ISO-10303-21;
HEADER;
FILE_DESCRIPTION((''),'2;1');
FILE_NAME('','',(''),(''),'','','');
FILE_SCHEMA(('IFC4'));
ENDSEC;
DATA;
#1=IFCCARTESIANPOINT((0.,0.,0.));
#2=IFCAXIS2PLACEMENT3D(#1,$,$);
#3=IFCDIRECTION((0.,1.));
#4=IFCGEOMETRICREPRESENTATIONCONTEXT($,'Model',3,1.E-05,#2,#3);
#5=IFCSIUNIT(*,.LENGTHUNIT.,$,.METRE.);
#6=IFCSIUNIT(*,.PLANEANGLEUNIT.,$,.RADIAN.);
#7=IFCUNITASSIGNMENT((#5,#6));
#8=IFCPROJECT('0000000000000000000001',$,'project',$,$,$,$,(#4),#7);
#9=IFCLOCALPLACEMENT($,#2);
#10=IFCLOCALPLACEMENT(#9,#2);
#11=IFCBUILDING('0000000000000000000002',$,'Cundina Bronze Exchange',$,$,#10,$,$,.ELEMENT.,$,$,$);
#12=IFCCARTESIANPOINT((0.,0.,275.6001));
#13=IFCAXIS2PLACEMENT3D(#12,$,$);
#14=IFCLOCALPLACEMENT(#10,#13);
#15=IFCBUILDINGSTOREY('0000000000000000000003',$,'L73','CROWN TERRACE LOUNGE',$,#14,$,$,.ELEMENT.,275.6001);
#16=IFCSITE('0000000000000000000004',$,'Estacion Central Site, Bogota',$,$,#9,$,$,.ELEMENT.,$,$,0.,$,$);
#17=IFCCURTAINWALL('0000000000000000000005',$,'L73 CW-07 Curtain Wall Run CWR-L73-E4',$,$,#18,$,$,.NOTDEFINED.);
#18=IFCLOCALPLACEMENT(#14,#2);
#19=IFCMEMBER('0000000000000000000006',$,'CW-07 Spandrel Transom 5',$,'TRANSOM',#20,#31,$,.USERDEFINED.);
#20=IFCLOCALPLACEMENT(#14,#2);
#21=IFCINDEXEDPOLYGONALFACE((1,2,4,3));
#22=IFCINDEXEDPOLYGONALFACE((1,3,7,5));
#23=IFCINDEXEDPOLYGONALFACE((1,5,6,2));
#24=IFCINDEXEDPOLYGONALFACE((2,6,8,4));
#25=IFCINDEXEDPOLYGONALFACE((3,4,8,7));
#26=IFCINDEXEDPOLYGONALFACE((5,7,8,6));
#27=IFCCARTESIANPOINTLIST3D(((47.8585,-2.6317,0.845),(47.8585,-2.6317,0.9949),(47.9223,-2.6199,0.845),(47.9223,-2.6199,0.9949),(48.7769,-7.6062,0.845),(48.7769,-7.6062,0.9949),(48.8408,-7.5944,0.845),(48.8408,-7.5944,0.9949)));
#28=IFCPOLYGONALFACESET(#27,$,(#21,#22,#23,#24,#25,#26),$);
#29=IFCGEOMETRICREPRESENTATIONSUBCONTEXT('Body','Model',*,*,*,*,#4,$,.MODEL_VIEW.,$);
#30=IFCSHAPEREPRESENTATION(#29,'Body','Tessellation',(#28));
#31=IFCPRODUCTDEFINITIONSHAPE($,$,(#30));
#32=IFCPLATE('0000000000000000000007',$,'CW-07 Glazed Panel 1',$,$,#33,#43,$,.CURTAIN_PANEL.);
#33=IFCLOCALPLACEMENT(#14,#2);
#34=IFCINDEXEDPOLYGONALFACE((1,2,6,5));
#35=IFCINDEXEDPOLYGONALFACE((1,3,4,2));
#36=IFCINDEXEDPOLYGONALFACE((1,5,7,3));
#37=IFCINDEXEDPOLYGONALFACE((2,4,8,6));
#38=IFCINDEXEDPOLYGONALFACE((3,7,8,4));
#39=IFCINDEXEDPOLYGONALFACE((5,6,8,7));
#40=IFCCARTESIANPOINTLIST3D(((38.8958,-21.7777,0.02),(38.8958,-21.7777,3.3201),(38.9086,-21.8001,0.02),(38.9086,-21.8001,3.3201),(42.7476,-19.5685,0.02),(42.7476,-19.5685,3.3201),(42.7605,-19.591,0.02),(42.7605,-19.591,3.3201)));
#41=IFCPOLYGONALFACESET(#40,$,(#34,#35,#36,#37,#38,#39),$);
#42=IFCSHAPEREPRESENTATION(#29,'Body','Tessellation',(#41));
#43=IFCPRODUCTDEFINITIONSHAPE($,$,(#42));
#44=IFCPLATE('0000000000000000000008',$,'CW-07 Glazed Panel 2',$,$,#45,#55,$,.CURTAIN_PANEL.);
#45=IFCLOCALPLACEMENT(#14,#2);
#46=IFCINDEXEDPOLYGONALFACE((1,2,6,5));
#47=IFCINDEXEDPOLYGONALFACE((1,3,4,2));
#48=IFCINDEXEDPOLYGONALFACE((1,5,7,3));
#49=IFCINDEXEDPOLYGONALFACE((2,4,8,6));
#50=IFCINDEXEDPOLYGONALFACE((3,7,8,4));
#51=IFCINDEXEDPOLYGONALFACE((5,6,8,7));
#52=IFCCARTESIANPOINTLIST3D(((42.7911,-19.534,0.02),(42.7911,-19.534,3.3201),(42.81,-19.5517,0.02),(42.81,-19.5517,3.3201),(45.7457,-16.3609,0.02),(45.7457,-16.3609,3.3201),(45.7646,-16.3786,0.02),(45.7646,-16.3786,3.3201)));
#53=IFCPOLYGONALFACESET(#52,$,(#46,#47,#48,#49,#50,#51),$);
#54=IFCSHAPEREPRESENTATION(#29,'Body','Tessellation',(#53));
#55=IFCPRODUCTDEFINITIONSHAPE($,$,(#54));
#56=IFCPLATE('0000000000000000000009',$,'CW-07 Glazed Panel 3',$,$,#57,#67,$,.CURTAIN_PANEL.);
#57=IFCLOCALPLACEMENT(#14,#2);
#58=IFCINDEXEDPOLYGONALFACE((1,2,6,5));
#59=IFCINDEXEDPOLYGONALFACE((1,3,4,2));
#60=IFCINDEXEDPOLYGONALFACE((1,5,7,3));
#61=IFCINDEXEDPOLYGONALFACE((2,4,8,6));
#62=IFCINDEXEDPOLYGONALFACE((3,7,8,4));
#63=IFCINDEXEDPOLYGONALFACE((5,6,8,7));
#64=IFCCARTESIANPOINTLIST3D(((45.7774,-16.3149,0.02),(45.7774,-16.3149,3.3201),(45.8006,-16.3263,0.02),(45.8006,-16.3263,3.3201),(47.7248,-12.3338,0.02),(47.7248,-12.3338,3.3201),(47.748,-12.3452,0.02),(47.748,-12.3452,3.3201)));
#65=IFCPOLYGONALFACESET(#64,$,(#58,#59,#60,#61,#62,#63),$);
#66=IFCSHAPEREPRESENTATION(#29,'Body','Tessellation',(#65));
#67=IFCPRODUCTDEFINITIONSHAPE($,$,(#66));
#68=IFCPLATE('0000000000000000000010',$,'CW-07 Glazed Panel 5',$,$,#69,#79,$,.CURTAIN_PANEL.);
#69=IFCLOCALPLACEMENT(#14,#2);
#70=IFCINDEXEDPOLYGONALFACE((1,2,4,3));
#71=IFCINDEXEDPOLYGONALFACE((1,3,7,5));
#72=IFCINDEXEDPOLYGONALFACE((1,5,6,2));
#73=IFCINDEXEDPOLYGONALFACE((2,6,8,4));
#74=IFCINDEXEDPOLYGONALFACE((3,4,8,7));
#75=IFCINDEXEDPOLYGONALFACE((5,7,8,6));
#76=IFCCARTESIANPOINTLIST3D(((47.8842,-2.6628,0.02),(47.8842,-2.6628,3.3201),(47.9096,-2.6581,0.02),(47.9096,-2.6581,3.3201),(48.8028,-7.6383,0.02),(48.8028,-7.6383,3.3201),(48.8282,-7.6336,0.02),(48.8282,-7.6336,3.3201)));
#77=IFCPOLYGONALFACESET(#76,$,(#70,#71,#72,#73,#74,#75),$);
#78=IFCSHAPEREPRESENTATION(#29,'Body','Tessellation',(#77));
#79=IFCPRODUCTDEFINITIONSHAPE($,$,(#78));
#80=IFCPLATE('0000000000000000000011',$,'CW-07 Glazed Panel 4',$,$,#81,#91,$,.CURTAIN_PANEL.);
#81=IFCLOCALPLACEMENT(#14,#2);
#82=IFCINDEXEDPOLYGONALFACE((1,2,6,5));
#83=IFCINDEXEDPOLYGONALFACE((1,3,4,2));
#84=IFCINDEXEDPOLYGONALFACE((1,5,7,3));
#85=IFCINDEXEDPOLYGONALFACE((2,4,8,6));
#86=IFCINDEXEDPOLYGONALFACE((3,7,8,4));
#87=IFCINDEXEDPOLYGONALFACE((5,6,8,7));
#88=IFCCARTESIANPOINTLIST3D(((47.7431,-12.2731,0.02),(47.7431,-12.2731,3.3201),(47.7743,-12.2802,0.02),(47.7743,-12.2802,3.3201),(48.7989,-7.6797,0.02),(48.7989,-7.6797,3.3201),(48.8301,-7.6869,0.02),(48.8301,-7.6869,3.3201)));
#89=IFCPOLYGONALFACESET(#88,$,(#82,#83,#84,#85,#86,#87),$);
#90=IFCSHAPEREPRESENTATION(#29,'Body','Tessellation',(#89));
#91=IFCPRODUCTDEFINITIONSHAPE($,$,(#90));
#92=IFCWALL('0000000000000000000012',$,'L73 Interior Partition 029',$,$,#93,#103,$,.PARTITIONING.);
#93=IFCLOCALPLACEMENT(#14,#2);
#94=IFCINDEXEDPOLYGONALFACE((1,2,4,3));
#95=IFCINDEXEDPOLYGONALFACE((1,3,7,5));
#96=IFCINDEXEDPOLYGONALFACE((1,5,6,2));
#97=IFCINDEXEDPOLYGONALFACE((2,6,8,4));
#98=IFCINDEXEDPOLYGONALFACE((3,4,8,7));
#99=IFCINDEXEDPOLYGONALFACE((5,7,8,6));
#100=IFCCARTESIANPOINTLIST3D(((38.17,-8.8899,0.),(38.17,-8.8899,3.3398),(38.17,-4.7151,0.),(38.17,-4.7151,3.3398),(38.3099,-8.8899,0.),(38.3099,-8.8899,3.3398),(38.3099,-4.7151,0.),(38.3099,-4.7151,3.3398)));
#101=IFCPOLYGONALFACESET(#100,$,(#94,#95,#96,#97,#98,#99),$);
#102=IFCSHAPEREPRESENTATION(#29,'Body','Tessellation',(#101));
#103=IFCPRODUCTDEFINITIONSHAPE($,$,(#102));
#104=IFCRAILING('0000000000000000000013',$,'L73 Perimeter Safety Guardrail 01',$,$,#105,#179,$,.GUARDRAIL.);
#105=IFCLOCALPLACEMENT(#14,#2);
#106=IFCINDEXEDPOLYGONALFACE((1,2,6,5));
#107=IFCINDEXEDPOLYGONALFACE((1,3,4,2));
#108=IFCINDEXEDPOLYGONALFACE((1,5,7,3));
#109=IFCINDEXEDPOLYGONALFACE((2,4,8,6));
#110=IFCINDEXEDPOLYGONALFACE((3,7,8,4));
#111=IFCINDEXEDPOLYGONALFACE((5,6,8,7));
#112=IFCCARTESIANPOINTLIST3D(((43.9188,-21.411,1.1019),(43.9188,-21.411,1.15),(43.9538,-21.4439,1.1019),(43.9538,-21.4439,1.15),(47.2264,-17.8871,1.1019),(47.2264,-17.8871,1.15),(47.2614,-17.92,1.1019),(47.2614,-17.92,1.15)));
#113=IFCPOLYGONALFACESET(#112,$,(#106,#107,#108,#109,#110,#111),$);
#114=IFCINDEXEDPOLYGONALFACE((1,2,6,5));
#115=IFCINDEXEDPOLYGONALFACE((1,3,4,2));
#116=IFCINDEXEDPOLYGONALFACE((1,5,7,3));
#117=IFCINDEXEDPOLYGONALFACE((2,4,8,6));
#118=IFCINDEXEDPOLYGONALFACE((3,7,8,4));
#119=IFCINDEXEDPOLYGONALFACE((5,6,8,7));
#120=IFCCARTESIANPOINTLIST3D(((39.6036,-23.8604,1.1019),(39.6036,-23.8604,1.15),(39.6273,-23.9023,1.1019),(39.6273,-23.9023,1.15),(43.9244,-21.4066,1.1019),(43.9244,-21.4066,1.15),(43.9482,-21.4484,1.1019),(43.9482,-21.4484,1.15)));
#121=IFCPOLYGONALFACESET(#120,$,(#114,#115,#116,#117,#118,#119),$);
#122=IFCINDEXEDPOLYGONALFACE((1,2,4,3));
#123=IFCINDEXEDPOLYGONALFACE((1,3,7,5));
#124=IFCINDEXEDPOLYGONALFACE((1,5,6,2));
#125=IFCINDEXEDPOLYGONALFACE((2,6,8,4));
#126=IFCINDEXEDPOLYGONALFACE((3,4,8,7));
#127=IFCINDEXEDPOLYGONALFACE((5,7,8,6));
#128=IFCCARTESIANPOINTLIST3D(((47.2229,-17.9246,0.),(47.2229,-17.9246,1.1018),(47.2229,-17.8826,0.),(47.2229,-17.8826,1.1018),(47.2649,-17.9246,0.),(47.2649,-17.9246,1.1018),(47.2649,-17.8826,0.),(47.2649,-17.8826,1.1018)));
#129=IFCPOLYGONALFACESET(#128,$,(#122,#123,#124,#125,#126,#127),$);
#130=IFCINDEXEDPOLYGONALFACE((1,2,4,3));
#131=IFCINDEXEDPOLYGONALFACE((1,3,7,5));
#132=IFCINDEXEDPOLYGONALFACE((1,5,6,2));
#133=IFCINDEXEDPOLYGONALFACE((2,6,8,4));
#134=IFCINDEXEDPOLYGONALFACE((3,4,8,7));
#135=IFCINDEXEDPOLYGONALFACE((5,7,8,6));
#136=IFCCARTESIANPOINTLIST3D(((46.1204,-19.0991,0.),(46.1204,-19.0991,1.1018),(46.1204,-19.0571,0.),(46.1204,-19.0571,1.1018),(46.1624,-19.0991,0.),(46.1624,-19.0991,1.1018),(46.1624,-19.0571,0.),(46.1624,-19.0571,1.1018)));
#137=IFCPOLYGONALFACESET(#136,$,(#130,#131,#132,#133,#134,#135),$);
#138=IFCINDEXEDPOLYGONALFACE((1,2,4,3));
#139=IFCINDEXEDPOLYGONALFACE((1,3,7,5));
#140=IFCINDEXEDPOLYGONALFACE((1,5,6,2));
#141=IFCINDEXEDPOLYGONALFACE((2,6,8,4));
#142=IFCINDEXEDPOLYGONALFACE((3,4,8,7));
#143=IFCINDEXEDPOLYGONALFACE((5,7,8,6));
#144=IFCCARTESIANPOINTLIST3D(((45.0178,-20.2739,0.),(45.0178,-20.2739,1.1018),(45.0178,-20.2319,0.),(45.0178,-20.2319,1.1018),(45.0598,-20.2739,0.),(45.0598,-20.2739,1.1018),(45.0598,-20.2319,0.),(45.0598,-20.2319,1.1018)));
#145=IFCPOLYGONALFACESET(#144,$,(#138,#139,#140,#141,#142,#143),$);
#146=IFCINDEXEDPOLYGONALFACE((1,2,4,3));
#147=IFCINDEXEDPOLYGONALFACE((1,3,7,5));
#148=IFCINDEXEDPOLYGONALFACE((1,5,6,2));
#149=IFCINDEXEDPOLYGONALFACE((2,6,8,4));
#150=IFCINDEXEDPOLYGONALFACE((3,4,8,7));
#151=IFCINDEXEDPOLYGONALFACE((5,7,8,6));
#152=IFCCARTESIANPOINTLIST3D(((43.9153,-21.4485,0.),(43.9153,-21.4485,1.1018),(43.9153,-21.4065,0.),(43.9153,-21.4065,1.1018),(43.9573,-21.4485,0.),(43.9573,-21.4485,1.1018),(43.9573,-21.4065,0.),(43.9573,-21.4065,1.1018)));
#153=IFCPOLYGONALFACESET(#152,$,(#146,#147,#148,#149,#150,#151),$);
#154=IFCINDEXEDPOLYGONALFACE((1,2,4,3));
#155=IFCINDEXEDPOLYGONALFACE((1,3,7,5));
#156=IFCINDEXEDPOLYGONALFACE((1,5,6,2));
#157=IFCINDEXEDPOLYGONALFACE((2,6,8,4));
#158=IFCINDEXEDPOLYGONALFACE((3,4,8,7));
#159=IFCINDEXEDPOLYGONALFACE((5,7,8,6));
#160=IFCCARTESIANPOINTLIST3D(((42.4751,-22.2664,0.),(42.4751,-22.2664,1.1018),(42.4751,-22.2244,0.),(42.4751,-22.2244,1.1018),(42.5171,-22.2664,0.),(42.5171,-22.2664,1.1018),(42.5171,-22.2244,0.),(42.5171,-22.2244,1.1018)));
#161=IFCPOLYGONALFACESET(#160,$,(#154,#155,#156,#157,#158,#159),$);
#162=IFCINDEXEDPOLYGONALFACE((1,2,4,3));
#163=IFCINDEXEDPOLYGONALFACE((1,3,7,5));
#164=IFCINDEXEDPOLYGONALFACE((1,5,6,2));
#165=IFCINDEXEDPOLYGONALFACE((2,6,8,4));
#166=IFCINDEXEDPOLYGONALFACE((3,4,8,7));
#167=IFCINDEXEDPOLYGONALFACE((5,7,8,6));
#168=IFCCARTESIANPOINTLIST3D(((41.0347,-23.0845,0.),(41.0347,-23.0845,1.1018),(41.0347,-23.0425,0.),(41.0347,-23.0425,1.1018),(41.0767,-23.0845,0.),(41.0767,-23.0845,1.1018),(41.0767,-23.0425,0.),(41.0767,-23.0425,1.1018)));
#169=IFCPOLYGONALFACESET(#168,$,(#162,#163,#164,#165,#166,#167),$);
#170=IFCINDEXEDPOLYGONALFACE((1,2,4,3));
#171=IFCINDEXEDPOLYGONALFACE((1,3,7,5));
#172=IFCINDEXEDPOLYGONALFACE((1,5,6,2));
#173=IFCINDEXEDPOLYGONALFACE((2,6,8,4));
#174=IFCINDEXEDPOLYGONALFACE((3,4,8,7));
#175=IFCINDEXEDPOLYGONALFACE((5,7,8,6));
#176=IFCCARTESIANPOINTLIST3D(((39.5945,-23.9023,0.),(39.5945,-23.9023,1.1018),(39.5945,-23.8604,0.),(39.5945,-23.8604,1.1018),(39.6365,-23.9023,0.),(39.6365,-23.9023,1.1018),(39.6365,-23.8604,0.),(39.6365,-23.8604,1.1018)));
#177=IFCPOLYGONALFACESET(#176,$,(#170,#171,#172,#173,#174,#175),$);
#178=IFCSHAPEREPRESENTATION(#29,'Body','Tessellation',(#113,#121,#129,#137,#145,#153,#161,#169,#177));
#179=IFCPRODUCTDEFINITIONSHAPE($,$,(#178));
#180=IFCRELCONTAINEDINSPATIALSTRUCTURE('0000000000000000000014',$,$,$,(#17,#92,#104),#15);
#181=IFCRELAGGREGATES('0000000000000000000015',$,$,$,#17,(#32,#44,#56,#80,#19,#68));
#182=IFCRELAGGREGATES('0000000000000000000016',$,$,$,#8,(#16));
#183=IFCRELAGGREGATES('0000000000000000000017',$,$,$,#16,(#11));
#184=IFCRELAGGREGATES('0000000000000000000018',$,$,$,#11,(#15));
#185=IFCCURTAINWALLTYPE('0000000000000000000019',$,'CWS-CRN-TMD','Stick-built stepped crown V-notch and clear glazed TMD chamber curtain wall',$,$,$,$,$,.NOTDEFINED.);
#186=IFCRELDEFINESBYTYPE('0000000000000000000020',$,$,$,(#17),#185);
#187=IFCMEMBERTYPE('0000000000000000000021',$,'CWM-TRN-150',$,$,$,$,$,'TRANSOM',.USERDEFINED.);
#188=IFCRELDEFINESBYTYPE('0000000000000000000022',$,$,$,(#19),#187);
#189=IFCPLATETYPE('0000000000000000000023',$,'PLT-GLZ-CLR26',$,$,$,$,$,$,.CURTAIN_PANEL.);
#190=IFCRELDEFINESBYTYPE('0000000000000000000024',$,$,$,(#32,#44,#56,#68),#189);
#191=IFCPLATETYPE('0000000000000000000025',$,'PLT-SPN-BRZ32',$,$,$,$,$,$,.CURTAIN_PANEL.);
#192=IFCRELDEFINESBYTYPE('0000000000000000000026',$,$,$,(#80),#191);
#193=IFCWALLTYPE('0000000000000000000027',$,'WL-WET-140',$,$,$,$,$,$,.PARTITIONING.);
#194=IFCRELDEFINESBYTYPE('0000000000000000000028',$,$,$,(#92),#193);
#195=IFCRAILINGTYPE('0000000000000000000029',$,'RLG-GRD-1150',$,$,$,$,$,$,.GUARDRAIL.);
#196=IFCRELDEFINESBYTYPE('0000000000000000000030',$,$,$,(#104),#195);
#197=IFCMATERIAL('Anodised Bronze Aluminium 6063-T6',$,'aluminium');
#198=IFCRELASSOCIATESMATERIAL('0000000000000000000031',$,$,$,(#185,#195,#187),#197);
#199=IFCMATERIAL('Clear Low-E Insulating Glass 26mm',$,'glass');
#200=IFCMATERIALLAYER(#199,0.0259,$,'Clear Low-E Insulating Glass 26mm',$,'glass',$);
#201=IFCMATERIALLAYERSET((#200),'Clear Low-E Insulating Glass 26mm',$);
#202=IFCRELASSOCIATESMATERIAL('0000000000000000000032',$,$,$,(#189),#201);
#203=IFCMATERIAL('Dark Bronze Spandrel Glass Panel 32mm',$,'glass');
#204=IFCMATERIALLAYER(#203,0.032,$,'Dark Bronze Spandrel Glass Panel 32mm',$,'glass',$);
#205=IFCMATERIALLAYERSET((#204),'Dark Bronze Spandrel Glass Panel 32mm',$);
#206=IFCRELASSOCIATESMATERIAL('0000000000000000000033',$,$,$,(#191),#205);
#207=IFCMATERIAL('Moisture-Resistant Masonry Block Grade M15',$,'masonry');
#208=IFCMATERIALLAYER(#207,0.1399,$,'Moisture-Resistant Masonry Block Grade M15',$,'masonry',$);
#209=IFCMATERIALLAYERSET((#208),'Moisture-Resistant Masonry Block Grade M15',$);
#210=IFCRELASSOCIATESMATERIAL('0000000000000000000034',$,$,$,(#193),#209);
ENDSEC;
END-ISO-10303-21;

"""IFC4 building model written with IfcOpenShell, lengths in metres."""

from ifc_helpers import new_model, si_unit, direction, frame, frame_2d, origin, origin_2d, place, context, subcontext, project, spatial, rectangle, extrude, material, layer, layer_set, material_profile, profile_set, type_object, element, aggregate, save


model = new_model("IFC4")

# Units and contexts
model_context = context("Model", 3, precision=1e-05, world=origin(), true_north=direction((0.0, 1.0)))
body_context = subcontext(model_context, "Body", "Model", "MODEL_VIEW")
ifc_project = project(units=[si_unit("LENGTHUNIT", "METRE"), si_unit("PLANEANGLEUNIT", "RADIAN")], contexts=[model_context])

# Site, building, storey
site_placement = place(None, origin())
site = spatial("IfcSite", under=ifc_project, at=site_placement, Name="Estacion Central Site, Bogota", CompositionType="ELEMENT", RefElevation=0.0)
building_placement = place(site_placement, origin())
building = spatial("IfcBuilding", under=site, at=building_placement, Name="Cundina Bronze Exchange", CompositionType="ELEMENT")
storey_placement = place(building_placement, frame((0.0, 0.0, 275.6001)))
storey = spatial("IfcBuildingStorey", under=building, at=storey_placement, Name="L73", Description="CROWN TERRACE LOUNGE", CompositionType="ELEMENT", Elevation=275.6001)

# Curtain wall, member, plates
ifc_material_1 = material(Name="Anodised Bronze Aluminium 6063-T6", Category="aluminium")
curtain_wall_type = type_object("IfcCurtainWallType", Name="CWS-CRN-TMD", Description="Stick-built stepped crown V-notch and clear glazed TMD chamber curtain wall", PredefinedType="NOTDEFINED", material=ifc_material_1)
curtain_wall_placement = place(storey_placement, origin())
curtain_wall = element("IfcCurtainWall", 1, at=curtain_wall_placement, inside=storey, type_object=curtain_wall_type, Name="L73 CW-07 Curtain Wall Run CWR-L73-E4", PredefinedType="NOTDEFINED")
ifc_material_profile_1 = material_profile(ifc_material_1, rectangle(XDim=0.0649, YDim=0.1499, at=origin_2d()), Name="AL65X150", Category="aluminium")
ifc_profile_set_1 = profile_set([ifc_material_profile_1], Name="Anodised Bronze Aluminium 6063-T6")
member_type_1 = type_object("IfcMemberType", Name="CWM-TRN-150", ElementType="TRANSOM", PredefinedType="USERDEFINED", material=ifc_profile_set_1)
member_1_placement = place(storey_placement, frame((48.8088, -7.6003, 0.9199), z_axis=(-0.18156, 0.98338, 0.0), x_axis=(-0.98338, -0.18156, 0.0)))
member_1 = element("IfcMember", 2, at=member_1_placement, type_object=member_type_1, Name="CW-07 Spandrel Transom 5", ObjectType="TRANSOM", PredefinedType="USERDEFINED", context=body_context, shape_type="SweptSolid", body=[
    extrude(rectangle(XDim=0.0649, YDim=0.1499, at=origin_2d()), origin(), (0.0, 0.0, 1.0), 5.0586),
])
ifc_material_2 = material(Name="Clear Low-E Insulating Glass 26mm", Category="glass")
ifc_layer_1 = layer(ifc_material_2, 0.0259, Name="Clear Low-E Insulating Glass 26mm", Category="glass")
ifc_layer_set_1 = layer_set([ifc_layer_1], Name="Clear Low-E Insulating Glass 26mm")
plate_type_1 = type_object("IfcPlateType", Name="PLT-GLZ-CLR26", PredefinedType="CURTAIN_PANEL", material=ifc_layer_set_1)
plate_1_placement = place(storey_placement, frame((40.8281, -20.6843, 0.02), z_axis=(0.0, 0.0, 1.0), x_axis=(0.867453, 0.497519, 0.0)))
plate_1 = element("IfcPlate", 3, at=plate_1_placement, type_object=plate_type_1, Name="CW-07 Glazed Panel 1", PredefinedType="CURTAIN_PANEL", context=body_context, shape_type="SweptSolid", body=[
    extrude(rectangle(XDim=4.4404, YDim=0.0259, at=origin_2d()), origin(), (0.0, 0.0, 1.0), 3.3),
])
plate_2_placement = place(storey_placement, frame((44.2778, -17.9563, 0.02), z_axis=(0.0, 0.0, 1.0), x_axis=(0.681462, 0.731853, 0.0)))
plate_2 = element("IfcPlate", 4, at=plate_2_placement, type_object=plate_type_1, Name="CW-07 Glazed Panel 2", PredefinedType="CURTAIN_PANEL", context=body_context, shape_type="SweptSolid", body=[
    extrude(rectangle(XDim=4.3357, YDim=0.0259, at=origin_2d()), origin(), (0.0, 0.0, 1.0), 3.3),
])
plate_3_placement = place(storey_placement, frame((46.7627, -14.3301, 0.02), z_axis=(0.0, 0.0, 1.0), x_axis=(0.439406, 0.898288, 0.0)))
plate_3 = element("IfcPlate", 5, at=plate_3_placement, type_object=plate_type_1, Name="CW-07 Glazed Panel 3", PredefinedType="CURTAIN_PANEL", context=body_context, shape_type="SweptSolid", body=[
    extrude(rectangle(XDim=4.4319, YDim=0.0259, at=origin_2d()), origin(), (0.0, 0.0, 1.0), 3.3),
])
plate_4_placement = place(storey_placement, frame((48.3562, -5.1482, 0.02), z_axis=(0.0, 0.0, 1.0), x_axis=(-0.181566, 0.983379, 0.0)))
plate_4 = element("IfcPlate", 6, at=plate_4_placement, type_object=plate_type_1, Name="CW-07 Glazed Panel 5", PredefinedType="CURTAIN_PANEL", context=body_context, shape_type="SweptSolid", body=[
    extrude(rectangle(XDim=5.0596, YDim=0.0259, at=origin_2d()), origin(), (0.0, 0.0, 1.0), 3.3),
])
ifc_material_3 = material(Name="Dark Bronze Spandrel Glass Panel 32mm", Category="glass")
ifc_layer_2 = layer(ifc_material_3, 0.032, Name="Dark Bronze Spandrel Glass Panel 32mm", Category="glass")
ifc_layer_set_2 = layer_set([ifc_layer_2], Name="Dark Bronze Spandrel Glass Panel 32mm")
plate_type_2 = type_object("IfcPlateType", Name="PLT-SPN-BRZ32", PredefinedType="CURTAIN_PANEL", material=ifc_layer_set_2)
plate_5_placement = place(storey_placement, frame((48.2866, -9.98, 0.02), z_axis=(0.0, 0.0, 1.0), x_axis=(0.224016, 0.974586, 0.0)))
plate_5 = element("IfcPlate", 7, at=plate_5_placement, type_object=plate_type_2, Name="CW-07 Glazed Panel 4", PredefinedType="CURTAIN_PANEL", context=body_context, shape_type="SweptSolid", body=[
    extrude(rectangle(XDim=4.7131, YDim=0.032, at=origin_2d()), origin(), (0.0, 0.0, 1.0), 3.3),
])
aggregate(curtain_wall, [plate_1, plate_2, plate_3, plate_5, member_1, plate_4])

# Wall
ifc_material_4 = material(Name="Moisture-Resistant Masonry Block Grade M15", Category="masonry")
ifc_layer_3 = layer(ifc_material_4, 0.1399, Name="Moisture-Resistant Masonry Block Grade M15", Category="masonry")
ifc_layer_set_3 = layer_set([ifc_layer_3], Name="Moisture-Resistant Masonry Block Grade M15")
wall_type = type_object("IfcWallType", Name="WL-WET-140", PredefinedType="PARTITIONING", material=ifc_layer_set_3)
wall_placement = place(storey_placement, frame((38.24, -8.8899, 0.0), z_axis=(0.0, 0.0, 1.0), x_axis=(0.0, 1.0, 0.0)))
element("IfcWall", 8, at=wall_placement, inside=storey, type_object=wall_type, Name="L73 Interior Partition 029", PredefinedType="PARTITIONING", context=body_context, shape_type="SweptSolid", body=[
    extrude(rectangle(XDim=4.1748, YDim=0.1399, at=frame_2d((2.0874, 0.0))), origin(), (0.0, 0.0, 1.0), 3.3398),
])

# Railing
railing_type = type_object("IfcRailingType", Name="RLG-GRD-1150", PredefinedType="GUARDRAIL", material=ifc_material_1)
railing_1_placement = place(storey_placement, frame((47.2439, -17.9036, 0.0)))
element("IfcRailing", 9, at=railing_1_placement, inside=storey, type_object=railing_type, Name="L73 Perimeter Safety Guardrail 01", PredefinedType="GUARDRAIL", context=body_context, shape_type="SweptSolid", body=[
    extrude(rectangle(XDim=0.0481, YDim=0.0481, at=origin_2d()), frame((0.0, 0.0, 1.126), z_axis=(-0.684375, -0.729131, 0.0), x_axis=(0.729131, -0.684375, 0.0)), (0.0, 0.0, 1.0), 4.833),
    extrude(rectangle(XDim=0.0481, YDim=0.0481, at=origin_2d()), frame((-3.3076, -3.5239, 1.126), z_axis=(-0.869555, -0.493836, 0.0), x_axis=(0.493836, -0.869555, 0.0)), (0.0, 0.0, 1.0), 4.969),
    extrude(rectangle(XDim=0.042, YDim=0.042, at=origin_2d()), origin(), (0.0, 0.0, 1.0), 1.1018),
    extrude(rectangle(XDim=0.042, YDim=0.042, at=origin_2d()), frame((-1.1025, -1.1746, 0.0)), (0.0, 0.0, 1.0), 1.1018),
    extrude(rectangle(XDim=0.042, YDim=0.042, at=origin_2d()), frame((-2.2051, -2.3494, 0.0)), (0.0, 0.0, 1.0), 1.1018),
    extrude(rectangle(XDim=0.042, YDim=0.042, at=origin_2d()), frame((-3.3076, -3.5239, 0.0)), (0.0, 0.0, 1.0), 1.1018),
    extrude(rectangle(XDim=0.042, YDim=0.042, at=origin_2d()), frame((-4.7478, -4.3418, 0.0)), (0.0, 0.0, 1.0), 1.1018),
    extrude(rectangle(XDim=0.042, YDim=0.042, at=origin_2d()), frame((-6.1882, -5.1599, 0.0)), (0.0, 0.0, 1.0), 1.1018),
    extrude(rectangle(XDim=0.042, YDim=0.042, at=origin_2d()), frame((-7.6284, -5.9778, 0.0)), (0.0, 0.0, 1.0), 1.1018),
])

save(model, "model.ifc")
